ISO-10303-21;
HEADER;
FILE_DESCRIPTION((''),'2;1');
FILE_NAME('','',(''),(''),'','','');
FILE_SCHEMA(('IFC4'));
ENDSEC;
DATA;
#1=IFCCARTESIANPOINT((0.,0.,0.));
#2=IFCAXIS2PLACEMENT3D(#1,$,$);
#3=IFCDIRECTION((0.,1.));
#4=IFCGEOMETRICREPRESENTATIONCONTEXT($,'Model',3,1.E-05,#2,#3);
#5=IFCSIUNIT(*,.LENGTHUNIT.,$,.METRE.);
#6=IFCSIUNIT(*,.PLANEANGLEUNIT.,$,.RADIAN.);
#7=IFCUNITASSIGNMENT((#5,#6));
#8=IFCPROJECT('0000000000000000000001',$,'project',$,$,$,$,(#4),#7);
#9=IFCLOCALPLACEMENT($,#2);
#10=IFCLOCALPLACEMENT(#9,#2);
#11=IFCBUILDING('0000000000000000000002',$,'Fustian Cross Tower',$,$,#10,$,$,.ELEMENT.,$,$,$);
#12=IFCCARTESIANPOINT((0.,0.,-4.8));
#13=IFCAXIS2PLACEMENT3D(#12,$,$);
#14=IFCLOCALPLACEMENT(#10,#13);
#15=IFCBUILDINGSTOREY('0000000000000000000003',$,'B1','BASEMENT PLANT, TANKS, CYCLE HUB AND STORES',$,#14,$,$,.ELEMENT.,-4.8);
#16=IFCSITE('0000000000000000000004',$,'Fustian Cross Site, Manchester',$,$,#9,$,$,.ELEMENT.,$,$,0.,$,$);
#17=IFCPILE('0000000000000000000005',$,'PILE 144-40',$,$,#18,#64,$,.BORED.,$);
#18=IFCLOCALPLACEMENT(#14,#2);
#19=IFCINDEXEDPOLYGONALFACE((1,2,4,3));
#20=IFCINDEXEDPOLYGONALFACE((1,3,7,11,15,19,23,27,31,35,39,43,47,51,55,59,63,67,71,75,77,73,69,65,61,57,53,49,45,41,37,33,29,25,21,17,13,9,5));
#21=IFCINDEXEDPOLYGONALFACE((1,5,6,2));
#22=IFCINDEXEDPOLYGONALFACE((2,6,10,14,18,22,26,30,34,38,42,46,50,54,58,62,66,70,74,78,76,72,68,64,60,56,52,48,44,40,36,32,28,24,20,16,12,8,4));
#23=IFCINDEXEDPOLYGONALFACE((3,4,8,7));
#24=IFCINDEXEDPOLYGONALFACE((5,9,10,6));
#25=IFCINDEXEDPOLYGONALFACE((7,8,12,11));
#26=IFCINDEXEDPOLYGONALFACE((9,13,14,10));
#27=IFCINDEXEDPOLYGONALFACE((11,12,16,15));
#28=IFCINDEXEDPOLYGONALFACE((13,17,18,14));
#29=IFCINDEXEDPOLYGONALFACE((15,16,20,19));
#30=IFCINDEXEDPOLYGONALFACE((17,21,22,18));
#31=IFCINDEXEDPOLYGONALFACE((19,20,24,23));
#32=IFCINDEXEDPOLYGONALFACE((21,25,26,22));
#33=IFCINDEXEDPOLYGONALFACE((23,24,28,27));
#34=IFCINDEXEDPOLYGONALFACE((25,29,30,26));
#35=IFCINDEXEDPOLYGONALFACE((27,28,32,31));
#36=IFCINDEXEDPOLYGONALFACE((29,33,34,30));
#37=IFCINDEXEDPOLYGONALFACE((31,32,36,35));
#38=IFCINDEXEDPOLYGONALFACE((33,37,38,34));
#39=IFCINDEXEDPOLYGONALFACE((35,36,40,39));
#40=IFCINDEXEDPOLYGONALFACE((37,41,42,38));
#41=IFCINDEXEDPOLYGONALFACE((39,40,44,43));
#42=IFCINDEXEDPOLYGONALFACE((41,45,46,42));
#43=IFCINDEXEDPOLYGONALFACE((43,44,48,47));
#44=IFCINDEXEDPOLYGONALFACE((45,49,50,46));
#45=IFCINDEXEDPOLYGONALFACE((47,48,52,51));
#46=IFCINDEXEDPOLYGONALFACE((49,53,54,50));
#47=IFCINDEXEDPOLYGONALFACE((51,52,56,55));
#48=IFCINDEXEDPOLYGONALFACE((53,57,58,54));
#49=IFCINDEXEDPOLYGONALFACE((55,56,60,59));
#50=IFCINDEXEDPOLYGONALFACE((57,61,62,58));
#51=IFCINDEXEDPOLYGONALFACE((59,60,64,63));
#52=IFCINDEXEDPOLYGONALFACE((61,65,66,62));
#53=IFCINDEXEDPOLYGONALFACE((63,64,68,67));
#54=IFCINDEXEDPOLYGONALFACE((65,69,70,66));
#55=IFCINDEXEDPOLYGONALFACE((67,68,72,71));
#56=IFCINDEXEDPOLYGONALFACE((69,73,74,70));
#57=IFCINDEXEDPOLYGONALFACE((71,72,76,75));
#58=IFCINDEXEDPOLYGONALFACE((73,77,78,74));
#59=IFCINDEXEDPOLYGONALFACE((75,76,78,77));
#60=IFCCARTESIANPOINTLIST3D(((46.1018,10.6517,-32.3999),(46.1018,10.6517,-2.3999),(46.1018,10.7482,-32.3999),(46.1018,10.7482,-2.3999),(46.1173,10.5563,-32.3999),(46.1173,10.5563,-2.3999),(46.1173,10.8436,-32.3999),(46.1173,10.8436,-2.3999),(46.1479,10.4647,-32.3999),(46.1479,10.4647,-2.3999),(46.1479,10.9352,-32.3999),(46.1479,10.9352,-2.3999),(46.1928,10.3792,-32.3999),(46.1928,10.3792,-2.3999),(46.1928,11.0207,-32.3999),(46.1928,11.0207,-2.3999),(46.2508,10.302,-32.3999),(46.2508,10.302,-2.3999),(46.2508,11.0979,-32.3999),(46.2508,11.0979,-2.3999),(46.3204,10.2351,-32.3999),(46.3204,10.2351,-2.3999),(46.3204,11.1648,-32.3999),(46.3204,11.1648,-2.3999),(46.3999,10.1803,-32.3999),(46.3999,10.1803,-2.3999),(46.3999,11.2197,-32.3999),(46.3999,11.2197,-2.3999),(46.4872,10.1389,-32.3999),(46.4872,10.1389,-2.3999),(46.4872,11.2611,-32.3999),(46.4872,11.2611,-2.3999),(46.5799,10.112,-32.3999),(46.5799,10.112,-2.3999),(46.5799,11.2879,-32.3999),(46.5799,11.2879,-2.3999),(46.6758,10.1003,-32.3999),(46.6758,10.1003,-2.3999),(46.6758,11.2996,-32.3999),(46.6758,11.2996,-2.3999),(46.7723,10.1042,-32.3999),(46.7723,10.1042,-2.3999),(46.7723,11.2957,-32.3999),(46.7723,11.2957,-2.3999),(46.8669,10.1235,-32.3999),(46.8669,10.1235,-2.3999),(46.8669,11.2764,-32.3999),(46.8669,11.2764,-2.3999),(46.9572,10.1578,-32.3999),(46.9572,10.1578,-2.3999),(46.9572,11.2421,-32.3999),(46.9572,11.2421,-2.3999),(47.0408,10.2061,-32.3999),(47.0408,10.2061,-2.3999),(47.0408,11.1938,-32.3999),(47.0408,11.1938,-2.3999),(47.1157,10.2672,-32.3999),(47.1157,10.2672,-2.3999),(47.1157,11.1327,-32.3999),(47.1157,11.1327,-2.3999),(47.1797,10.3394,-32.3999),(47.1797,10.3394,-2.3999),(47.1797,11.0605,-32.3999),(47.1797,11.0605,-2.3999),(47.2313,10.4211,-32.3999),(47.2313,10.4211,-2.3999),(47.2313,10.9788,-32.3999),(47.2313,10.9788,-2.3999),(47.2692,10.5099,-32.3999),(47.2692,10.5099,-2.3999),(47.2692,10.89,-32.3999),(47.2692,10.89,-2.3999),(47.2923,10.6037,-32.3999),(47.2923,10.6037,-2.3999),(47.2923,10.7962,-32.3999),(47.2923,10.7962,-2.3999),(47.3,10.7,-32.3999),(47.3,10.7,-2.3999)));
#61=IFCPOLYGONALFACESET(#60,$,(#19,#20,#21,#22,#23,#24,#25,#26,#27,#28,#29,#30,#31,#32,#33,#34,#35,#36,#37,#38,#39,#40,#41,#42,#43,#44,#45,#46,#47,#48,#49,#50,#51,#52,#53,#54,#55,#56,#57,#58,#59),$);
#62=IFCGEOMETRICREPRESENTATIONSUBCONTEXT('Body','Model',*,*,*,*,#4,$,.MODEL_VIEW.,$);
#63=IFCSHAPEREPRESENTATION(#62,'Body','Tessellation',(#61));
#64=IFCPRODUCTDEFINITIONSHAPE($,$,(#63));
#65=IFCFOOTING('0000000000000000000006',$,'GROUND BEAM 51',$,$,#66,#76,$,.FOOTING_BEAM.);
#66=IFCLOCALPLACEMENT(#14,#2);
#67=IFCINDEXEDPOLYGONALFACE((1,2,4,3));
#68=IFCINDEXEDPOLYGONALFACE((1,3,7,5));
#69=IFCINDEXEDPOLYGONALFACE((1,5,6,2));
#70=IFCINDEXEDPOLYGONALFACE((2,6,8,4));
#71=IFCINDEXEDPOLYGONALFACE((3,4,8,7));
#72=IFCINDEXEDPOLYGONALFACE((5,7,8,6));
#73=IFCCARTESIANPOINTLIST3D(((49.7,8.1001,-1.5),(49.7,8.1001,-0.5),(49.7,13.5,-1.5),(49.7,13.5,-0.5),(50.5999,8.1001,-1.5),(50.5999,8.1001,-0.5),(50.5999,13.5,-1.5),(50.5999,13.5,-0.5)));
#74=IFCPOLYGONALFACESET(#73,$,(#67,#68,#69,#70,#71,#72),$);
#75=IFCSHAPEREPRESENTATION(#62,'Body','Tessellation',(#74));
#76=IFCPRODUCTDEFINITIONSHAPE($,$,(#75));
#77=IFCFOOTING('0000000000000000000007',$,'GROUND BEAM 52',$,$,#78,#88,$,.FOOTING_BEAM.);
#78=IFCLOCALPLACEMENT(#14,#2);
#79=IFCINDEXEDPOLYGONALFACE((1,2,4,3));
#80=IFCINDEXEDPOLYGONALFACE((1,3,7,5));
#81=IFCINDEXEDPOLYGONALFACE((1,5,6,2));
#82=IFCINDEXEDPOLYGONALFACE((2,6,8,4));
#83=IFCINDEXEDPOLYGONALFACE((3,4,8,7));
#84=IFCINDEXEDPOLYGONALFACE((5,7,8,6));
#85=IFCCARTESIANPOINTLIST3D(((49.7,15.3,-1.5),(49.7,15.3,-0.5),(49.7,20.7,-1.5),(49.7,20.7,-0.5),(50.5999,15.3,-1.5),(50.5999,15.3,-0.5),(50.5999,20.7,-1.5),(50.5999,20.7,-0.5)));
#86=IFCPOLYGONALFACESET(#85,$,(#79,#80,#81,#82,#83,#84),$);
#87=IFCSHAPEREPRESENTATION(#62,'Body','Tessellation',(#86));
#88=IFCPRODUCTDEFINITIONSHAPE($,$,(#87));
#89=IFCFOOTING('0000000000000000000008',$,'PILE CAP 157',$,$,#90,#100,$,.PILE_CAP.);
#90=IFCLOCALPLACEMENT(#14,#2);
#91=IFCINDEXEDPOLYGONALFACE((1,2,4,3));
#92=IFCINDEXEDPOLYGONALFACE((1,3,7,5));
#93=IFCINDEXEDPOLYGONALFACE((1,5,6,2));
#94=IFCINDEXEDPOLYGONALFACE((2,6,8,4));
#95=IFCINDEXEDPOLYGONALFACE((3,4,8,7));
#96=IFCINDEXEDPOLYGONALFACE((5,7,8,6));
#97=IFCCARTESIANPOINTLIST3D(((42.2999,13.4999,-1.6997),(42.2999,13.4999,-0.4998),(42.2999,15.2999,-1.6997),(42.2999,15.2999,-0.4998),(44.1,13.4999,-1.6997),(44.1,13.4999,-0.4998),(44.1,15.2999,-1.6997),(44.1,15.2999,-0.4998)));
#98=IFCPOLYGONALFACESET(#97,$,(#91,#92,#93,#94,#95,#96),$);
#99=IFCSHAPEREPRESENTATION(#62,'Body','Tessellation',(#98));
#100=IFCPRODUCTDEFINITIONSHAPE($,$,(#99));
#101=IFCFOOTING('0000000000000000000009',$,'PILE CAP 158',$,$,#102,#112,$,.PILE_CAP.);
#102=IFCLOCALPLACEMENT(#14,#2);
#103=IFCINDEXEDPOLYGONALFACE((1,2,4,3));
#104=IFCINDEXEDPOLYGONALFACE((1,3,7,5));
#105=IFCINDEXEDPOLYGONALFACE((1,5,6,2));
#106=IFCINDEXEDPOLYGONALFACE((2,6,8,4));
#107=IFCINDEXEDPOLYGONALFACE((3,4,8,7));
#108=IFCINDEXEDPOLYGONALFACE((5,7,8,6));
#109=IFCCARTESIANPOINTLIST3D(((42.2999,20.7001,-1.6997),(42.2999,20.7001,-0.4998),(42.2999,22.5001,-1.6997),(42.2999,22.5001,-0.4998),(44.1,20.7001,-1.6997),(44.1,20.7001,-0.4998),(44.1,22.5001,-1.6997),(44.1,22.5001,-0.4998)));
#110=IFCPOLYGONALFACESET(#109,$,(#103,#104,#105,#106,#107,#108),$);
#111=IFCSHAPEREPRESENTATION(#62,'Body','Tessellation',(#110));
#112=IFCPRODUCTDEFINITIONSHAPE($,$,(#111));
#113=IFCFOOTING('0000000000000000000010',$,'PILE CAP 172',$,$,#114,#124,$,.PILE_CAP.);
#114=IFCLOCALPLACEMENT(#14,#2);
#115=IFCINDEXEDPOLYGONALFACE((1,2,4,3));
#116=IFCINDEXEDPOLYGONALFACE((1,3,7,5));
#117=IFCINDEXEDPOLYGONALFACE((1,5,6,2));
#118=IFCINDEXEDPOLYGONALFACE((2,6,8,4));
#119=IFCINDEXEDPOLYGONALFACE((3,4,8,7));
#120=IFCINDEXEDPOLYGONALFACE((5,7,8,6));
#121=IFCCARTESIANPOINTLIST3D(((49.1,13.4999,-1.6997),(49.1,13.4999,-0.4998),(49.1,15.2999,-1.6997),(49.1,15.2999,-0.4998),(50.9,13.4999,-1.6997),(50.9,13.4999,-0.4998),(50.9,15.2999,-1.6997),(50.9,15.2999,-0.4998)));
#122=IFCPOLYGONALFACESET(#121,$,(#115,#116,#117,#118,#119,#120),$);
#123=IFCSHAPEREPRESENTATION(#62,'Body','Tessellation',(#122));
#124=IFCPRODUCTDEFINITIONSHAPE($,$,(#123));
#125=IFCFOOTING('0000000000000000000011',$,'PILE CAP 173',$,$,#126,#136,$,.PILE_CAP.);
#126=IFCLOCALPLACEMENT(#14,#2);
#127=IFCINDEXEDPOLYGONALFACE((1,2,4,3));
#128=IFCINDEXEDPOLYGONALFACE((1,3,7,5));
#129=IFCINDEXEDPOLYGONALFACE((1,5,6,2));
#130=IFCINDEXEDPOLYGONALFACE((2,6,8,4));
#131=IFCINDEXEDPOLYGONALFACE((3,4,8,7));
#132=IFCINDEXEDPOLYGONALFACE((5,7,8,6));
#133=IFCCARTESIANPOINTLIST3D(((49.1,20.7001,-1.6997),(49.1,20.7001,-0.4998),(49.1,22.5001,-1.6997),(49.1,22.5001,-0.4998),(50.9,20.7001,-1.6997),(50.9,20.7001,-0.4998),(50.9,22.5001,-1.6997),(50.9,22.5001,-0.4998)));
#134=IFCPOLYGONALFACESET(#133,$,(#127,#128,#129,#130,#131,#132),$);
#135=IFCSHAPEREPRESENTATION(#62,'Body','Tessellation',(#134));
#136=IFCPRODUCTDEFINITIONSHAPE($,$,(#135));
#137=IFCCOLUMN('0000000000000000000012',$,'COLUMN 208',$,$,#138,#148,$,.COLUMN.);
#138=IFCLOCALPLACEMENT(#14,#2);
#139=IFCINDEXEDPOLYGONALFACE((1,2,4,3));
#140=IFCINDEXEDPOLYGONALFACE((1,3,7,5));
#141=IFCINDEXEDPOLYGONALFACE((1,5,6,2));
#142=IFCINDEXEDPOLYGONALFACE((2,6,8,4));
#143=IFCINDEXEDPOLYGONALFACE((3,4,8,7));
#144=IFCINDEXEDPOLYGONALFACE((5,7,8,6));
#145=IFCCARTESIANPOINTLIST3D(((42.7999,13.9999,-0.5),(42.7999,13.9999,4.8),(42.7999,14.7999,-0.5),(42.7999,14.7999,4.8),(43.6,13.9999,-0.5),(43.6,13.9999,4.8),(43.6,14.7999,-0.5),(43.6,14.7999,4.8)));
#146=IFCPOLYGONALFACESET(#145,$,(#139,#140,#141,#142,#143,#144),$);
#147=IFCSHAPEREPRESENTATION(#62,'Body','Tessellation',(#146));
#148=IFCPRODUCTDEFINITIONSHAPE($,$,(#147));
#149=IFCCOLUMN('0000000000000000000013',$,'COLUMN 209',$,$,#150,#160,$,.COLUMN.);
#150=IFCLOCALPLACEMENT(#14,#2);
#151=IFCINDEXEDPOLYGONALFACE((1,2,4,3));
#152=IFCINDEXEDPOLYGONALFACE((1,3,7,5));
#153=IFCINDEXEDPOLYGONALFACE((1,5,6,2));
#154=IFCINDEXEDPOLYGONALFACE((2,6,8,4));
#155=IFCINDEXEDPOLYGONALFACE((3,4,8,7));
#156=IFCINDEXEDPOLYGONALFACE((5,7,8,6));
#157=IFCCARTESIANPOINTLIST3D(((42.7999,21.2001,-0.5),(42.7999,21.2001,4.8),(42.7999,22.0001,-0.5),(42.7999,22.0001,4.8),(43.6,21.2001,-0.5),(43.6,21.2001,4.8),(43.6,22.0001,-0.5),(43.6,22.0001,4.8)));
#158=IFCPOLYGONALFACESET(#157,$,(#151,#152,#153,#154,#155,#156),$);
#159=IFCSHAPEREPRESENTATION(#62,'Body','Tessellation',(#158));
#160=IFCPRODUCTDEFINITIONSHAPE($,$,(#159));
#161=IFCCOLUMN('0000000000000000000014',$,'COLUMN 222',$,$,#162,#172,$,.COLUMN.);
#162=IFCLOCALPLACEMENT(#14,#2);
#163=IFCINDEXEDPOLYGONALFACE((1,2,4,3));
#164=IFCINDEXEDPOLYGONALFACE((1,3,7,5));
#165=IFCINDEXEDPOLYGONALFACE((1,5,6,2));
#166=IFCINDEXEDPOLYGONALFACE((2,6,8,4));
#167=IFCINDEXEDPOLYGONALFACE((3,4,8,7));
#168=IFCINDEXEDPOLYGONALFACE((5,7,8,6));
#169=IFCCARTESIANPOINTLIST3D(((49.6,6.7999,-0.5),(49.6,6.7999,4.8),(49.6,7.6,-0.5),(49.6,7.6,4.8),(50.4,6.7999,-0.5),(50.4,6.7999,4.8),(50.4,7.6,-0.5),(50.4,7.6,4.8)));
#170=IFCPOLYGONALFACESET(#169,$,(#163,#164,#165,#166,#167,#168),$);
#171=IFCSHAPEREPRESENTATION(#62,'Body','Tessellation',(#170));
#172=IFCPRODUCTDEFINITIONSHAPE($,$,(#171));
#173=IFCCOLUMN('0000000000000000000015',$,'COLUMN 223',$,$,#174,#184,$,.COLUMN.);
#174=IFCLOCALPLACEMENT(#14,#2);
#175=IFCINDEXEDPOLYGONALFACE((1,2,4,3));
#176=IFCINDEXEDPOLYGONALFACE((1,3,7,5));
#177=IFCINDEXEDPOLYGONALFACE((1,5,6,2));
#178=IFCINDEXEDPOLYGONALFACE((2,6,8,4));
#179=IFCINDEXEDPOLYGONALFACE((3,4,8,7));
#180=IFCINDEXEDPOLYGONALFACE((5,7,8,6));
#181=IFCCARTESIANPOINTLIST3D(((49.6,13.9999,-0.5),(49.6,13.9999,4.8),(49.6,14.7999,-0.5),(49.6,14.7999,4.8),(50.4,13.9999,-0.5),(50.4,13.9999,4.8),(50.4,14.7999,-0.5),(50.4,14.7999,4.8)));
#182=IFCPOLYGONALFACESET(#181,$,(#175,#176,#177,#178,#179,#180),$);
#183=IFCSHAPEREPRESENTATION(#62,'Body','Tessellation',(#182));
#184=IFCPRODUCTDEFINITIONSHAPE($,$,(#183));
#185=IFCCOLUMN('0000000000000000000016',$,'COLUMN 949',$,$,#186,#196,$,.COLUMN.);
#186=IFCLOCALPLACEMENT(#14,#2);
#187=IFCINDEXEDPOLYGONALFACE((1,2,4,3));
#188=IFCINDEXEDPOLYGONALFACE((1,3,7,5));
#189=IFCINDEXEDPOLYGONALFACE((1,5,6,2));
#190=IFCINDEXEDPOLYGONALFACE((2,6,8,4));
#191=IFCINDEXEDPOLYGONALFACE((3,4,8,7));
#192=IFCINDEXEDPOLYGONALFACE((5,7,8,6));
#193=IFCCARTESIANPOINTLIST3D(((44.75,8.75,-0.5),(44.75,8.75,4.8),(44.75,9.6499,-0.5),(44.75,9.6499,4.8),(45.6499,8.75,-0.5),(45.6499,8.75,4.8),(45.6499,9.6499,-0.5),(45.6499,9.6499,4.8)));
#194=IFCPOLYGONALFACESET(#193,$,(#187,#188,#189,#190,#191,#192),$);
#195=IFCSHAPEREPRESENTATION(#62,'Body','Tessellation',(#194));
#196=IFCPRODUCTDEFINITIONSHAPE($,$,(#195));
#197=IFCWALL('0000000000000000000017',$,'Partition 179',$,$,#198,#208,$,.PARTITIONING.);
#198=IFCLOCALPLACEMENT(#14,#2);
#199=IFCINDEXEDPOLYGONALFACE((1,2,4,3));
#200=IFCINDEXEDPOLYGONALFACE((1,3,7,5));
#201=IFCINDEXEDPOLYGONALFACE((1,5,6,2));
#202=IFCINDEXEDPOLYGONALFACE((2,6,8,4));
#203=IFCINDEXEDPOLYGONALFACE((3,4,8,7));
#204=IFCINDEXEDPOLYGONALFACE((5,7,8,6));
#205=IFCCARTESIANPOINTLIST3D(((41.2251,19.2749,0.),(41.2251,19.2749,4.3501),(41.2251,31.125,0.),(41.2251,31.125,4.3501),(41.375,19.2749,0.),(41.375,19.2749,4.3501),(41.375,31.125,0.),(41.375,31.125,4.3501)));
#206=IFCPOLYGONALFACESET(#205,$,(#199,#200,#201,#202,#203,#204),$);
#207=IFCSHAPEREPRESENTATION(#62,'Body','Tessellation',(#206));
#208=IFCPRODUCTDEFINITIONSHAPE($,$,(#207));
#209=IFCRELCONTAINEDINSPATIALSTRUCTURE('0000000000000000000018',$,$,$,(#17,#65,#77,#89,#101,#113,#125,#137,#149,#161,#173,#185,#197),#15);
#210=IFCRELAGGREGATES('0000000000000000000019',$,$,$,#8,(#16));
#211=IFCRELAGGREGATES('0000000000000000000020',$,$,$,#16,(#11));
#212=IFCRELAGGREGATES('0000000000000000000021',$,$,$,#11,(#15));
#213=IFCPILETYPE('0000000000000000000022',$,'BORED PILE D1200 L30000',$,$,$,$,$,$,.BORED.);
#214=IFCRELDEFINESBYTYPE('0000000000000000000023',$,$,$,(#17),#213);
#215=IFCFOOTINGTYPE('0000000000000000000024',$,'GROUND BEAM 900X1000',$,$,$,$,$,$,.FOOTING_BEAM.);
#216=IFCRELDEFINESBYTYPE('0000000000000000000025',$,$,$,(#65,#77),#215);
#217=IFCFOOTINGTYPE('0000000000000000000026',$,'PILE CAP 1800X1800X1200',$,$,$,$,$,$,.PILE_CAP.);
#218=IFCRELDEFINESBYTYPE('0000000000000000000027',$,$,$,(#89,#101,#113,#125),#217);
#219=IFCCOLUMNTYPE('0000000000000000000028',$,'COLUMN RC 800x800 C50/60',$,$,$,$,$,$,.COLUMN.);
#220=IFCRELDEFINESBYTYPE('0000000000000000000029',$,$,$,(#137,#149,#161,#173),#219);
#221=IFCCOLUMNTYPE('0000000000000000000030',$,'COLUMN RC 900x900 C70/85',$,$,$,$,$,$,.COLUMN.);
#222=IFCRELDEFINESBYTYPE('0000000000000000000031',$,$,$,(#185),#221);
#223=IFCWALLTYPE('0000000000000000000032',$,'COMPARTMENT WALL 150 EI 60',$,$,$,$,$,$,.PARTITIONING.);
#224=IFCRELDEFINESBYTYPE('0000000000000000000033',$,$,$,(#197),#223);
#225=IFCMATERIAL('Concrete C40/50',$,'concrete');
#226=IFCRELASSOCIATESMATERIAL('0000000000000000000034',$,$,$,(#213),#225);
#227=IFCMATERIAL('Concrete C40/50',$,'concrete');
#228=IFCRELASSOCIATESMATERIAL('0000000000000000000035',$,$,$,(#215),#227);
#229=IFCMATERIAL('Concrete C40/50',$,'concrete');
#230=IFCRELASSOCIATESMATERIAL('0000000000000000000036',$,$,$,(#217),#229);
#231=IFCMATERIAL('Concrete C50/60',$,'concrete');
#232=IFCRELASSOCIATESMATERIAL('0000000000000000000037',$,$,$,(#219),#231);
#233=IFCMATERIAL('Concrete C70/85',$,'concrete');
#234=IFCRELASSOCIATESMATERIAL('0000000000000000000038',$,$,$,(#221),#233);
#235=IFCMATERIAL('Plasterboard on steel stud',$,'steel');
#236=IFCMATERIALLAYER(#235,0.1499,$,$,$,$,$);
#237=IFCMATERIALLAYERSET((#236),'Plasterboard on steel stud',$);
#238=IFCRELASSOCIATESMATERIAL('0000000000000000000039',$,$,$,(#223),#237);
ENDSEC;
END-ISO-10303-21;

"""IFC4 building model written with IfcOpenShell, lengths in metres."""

from ifc_helpers import new_model, si_unit, direction, frame, frame_2d, origin, origin_2d, place, context, subcontext, project, spatial, rectangle, circle, extrude, material, layer, layer_set, material_profile, profile_set, type_object, element, save


model = new_model("IFC4")

# Units and contexts
model_context = context("Model", 3, precision=1e-05, world=origin(), true_north=direction((0.0, 1.0)))
body_context = subcontext(model_context, "Body", "Model", "MODEL_VIEW")
ifc_project = project(units=[si_unit("LENGTHUNIT", "METRE"), si_unit("PLANEANGLEUNIT", "RADIAN")], contexts=[model_context])

# Site, building, storey
site_placement = place(None, origin())
site = spatial("IfcSite", under=ifc_project, at=site_placement, Name="Fustian Cross Site, Manchester", CompositionType="ELEMENT", RefElevation=0.0)
building_placement = place(site_placement, origin())
building = spatial("IfcBuilding", under=site, at=building_placement, Name="Fustian Cross Tower", CompositionType="ELEMENT")
storey_placement = place(building_placement, frame((0.0, 0.0, -4.8)))
storey = spatial("IfcBuildingStorey", under=building, at=storey_placement, Name="B1", Description="BASEMENT PLANT, TANKS, CYCLE HUB AND STORES", CompositionType="ELEMENT", Elevation=-4.8)

# Pile
ifc_material_1 = material(Name="Concrete C40/50", Category="concrete")
ifc_material_profile_1 = material_profile(ifc_material_1, circle(Radius=0.6001, at=origin_2d()), Name="BORED PILE D1200 L30000")
ifc_profile_set_1 = profile_set([ifc_material_profile_1], Name="Concrete C40/50")
pile_type_1 = type_object("IfcPileType", Name="BORED PILE D1200 L30000", PredefinedType="BORED", material=ifc_profile_set_1)
for number, where, z_axis, x_axis, name in (
    (1, (46.7, 10.7, -2.3999), (0.0, 0.0, -1.0), (1.0, 0.0, 0.0), "PILE 144-40"),
):
    element("IfcPile", number, at=place(storey_placement, frame(where, z_axis=z_axis, x_axis=x_axis)), inside=storey, type_object=pile_type_1, Name=name, PredefinedType="BORED", context=body_context, shape_type="SweptSolid", body=[
        extrude(circle(Radius=0.6001, at=origin_2d()), origin(), (0.0, 0.0, 1.0), 30.0),
    ])

# Footings
ifc_material_2 = material(Name="Concrete C40/50", Category="concrete")
footing_type_1 = type_object("IfcFootingType", Name="GROUND BEAM 900X1000", PredefinedType="FOOTING_BEAM", material=ifc_material_2)
for number, where, z_axis, x_axis, name in (
    (2, (50.1499, 10.8, -1.5), (0.0, 0.0, 1.0), (1.0, 0.0, 0.0), "GROUND BEAM 51"),
    (3, (50.1499, 18.0, -1.5), (0.0, 0.0, 1.0), (1.0, 0.0, 0.0), "GROUND BEAM 52"),
):
    element("IfcFooting", number, at=place(storey_placement, frame(where, z_axis=z_axis, x_axis=x_axis)), inside=storey, type_object=footing_type_1, Name=name, PredefinedType="FOOTING_BEAM", context=body_context, shape_type="SweptSolid", body=[
        extrude(rectangle(XDim=0.8999, YDim=5.3999, at=origin_2d()), origin(), (0.0, 0.0, 1.0), 1.0),
    ])
ifc_material_3 = material(Name="Concrete C40/50", Category="concrete")
footing_type_2 = type_object("IfcFootingType", Name="PILE CAP 1800X1800X1200", PredefinedType="PILE_CAP", material=ifc_material_3)
for number, where, z_axis, x_axis, name in (
    (4, (43.2, 14.3999, -1.6997), (0.0, 0.0, 1.0), (1.0, 0.0, 0.0), "PILE CAP 157"),
    (5, (43.2, 21.6001, -1.6997), (0.0, 0.0, 1.0), (1.0, 0.0, 0.0), "PILE CAP 158"),
    (6, (50.0, 14.3999, -1.6997), (0.0, 0.0, 1.0), (1.0, 0.0, 0.0), "PILE CAP 172"),
    (7, (50.0, 21.6001, -1.6997), (0.0, 0.0, 1.0), (1.0, 0.0, 0.0), "PILE CAP 173"),
):
    element("IfcFooting", number, at=place(storey_placement, frame(where, z_axis=z_axis, x_axis=x_axis)), inside=storey, type_object=footing_type_2, Name=name, PredefinedType="PILE_CAP", context=body_context, shape_type="SweptSolid", body=[
        extrude(rectangle(XDim=1.8, YDim=1.8, at=origin_2d()), origin(), (0.0, 0.0, 1.0), 1.2),
    ])

# Columns
ifc_material_4 = material(Name="Concrete C50/60", Category="concrete")
ifc_material_profile_2 = material_profile(ifc_material_4, rectangle(XDim=0.8, YDim=0.8, at=origin_2d()), Name="RC 800x800")
ifc_profile_set_2 = profile_set([ifc_material_profile_2], Name="Concrete C50/60")
column_type_1 = type_object("IfcColumnType", Name="COLUMN RC 800x800 C50/60", PredefinedType="COLUMN", material=ifc_profile_set_2)
for number, where, z_axis, x_axis, name in (
    (8, (43.2, 14.3999, -0.5), (0.0, 0.0, 1.0), (1.0, 0.0, 0.0), "COLUMN 208"),
    (9, (43.2, 21.6001, -0.5), (0.0, 0.0, 1.0), (1.0, 0.0, 0.0), "COLUMN 209"),
    (10, (50.0, 7.2, -0.5), (0.0, 0.0, 1.0), (1.0, 0.0, 0.0), "COLUMN 222"),
    (11, (50.0, 14.3999, -0.5), (0.0, 0.0, 1.0), (1.0, 0.0, 0.0), "COLUMN 223"),
):
    element("IfcColumn", number, at=place(storey_placement, frame(where, z_axis=z_axis, x_axis=x_axis)), inside=storey, type_object=column_type_1, Name=name, PredefinedType="COLUMN", context=body_context, shape_type="SweptSolid", body=[
        extrude(rectangle(XDim=0.8, YDim=0.8, at=origin_2d()), origin(), (0.0, 0.0, 1.0), 5.3),
    ])
ifc_material_5 = material(Name="Concrete C70/85", Category="concrete")
ifc_material_profile_3 = material_profile(ifc_material_5, rectangle(XDim=0.8999, YDim=0.8999, at=origin_2d()), Name="RC 900x900")
ifc_profile_set_3 = profile_set([ifc_material_profile_3], Name="Concrete C70/85")
column_type_2 = type_object("IfcColumnType", Name="COLUMN RC 900x900 C70/85", PredefinedType="COLUMN", material=ifc_profile_set_3)
column_placement = place(storey_placement, frame((45.2, 9.2, -0.5), z_axis=(0.0, 0.0, 1.0), x_axis=(1.0, 0.0, 0.0)))
element("IfcColumn", 12, at=column_placement, inside=storey, type_object=column_type_2, Name="COLUMN 949", PredefinedType="COLUMN", context=body_context, shape_type="SweptSolid", body=[
    extrude(rectangle(XDim=0.8999, YDim=0.8999, at=origin_2d()), origin(), (0.0, 0.0, 1.0), 5.3),
])

# Wall
ifc_material_6 = material(Name="Plasterboard on steel stud", Category="steel")
ifc_layer = layer(ifc_material_6, 0.1499)
ifc_layer_set = layer_set([ifc_layer], Name="Plasterboard on steel stud")
wall_type = type_object("IfcWallType", Name="COMPARTMENT WALL 150 EI 60", PredefinedType="PARTITIONING", material=ifc_layer_set)
wall_1_placement = place(storey_placement, frame((41.3, 19.2749, 0.0), z_axis=(0.0, 0.0, 1.0), x_axis=(0.0, 1.0, 0.0)))
element("IfcWall", 13, at=wall_1_placement, inside=storey, type_object=wall_type, Name="Partition 179", PredefinedType="PARTITIONING", context=body_context, shape_type="SweptSolid", body=[
    extrude(rectangle(XDim=11.8501, YDim=0.1499, at=frame_2d((5.925, 0.0))), origin(), (0.0, 0.0, 1.0), 4.3501),
])

save(model, "model.ifc")
